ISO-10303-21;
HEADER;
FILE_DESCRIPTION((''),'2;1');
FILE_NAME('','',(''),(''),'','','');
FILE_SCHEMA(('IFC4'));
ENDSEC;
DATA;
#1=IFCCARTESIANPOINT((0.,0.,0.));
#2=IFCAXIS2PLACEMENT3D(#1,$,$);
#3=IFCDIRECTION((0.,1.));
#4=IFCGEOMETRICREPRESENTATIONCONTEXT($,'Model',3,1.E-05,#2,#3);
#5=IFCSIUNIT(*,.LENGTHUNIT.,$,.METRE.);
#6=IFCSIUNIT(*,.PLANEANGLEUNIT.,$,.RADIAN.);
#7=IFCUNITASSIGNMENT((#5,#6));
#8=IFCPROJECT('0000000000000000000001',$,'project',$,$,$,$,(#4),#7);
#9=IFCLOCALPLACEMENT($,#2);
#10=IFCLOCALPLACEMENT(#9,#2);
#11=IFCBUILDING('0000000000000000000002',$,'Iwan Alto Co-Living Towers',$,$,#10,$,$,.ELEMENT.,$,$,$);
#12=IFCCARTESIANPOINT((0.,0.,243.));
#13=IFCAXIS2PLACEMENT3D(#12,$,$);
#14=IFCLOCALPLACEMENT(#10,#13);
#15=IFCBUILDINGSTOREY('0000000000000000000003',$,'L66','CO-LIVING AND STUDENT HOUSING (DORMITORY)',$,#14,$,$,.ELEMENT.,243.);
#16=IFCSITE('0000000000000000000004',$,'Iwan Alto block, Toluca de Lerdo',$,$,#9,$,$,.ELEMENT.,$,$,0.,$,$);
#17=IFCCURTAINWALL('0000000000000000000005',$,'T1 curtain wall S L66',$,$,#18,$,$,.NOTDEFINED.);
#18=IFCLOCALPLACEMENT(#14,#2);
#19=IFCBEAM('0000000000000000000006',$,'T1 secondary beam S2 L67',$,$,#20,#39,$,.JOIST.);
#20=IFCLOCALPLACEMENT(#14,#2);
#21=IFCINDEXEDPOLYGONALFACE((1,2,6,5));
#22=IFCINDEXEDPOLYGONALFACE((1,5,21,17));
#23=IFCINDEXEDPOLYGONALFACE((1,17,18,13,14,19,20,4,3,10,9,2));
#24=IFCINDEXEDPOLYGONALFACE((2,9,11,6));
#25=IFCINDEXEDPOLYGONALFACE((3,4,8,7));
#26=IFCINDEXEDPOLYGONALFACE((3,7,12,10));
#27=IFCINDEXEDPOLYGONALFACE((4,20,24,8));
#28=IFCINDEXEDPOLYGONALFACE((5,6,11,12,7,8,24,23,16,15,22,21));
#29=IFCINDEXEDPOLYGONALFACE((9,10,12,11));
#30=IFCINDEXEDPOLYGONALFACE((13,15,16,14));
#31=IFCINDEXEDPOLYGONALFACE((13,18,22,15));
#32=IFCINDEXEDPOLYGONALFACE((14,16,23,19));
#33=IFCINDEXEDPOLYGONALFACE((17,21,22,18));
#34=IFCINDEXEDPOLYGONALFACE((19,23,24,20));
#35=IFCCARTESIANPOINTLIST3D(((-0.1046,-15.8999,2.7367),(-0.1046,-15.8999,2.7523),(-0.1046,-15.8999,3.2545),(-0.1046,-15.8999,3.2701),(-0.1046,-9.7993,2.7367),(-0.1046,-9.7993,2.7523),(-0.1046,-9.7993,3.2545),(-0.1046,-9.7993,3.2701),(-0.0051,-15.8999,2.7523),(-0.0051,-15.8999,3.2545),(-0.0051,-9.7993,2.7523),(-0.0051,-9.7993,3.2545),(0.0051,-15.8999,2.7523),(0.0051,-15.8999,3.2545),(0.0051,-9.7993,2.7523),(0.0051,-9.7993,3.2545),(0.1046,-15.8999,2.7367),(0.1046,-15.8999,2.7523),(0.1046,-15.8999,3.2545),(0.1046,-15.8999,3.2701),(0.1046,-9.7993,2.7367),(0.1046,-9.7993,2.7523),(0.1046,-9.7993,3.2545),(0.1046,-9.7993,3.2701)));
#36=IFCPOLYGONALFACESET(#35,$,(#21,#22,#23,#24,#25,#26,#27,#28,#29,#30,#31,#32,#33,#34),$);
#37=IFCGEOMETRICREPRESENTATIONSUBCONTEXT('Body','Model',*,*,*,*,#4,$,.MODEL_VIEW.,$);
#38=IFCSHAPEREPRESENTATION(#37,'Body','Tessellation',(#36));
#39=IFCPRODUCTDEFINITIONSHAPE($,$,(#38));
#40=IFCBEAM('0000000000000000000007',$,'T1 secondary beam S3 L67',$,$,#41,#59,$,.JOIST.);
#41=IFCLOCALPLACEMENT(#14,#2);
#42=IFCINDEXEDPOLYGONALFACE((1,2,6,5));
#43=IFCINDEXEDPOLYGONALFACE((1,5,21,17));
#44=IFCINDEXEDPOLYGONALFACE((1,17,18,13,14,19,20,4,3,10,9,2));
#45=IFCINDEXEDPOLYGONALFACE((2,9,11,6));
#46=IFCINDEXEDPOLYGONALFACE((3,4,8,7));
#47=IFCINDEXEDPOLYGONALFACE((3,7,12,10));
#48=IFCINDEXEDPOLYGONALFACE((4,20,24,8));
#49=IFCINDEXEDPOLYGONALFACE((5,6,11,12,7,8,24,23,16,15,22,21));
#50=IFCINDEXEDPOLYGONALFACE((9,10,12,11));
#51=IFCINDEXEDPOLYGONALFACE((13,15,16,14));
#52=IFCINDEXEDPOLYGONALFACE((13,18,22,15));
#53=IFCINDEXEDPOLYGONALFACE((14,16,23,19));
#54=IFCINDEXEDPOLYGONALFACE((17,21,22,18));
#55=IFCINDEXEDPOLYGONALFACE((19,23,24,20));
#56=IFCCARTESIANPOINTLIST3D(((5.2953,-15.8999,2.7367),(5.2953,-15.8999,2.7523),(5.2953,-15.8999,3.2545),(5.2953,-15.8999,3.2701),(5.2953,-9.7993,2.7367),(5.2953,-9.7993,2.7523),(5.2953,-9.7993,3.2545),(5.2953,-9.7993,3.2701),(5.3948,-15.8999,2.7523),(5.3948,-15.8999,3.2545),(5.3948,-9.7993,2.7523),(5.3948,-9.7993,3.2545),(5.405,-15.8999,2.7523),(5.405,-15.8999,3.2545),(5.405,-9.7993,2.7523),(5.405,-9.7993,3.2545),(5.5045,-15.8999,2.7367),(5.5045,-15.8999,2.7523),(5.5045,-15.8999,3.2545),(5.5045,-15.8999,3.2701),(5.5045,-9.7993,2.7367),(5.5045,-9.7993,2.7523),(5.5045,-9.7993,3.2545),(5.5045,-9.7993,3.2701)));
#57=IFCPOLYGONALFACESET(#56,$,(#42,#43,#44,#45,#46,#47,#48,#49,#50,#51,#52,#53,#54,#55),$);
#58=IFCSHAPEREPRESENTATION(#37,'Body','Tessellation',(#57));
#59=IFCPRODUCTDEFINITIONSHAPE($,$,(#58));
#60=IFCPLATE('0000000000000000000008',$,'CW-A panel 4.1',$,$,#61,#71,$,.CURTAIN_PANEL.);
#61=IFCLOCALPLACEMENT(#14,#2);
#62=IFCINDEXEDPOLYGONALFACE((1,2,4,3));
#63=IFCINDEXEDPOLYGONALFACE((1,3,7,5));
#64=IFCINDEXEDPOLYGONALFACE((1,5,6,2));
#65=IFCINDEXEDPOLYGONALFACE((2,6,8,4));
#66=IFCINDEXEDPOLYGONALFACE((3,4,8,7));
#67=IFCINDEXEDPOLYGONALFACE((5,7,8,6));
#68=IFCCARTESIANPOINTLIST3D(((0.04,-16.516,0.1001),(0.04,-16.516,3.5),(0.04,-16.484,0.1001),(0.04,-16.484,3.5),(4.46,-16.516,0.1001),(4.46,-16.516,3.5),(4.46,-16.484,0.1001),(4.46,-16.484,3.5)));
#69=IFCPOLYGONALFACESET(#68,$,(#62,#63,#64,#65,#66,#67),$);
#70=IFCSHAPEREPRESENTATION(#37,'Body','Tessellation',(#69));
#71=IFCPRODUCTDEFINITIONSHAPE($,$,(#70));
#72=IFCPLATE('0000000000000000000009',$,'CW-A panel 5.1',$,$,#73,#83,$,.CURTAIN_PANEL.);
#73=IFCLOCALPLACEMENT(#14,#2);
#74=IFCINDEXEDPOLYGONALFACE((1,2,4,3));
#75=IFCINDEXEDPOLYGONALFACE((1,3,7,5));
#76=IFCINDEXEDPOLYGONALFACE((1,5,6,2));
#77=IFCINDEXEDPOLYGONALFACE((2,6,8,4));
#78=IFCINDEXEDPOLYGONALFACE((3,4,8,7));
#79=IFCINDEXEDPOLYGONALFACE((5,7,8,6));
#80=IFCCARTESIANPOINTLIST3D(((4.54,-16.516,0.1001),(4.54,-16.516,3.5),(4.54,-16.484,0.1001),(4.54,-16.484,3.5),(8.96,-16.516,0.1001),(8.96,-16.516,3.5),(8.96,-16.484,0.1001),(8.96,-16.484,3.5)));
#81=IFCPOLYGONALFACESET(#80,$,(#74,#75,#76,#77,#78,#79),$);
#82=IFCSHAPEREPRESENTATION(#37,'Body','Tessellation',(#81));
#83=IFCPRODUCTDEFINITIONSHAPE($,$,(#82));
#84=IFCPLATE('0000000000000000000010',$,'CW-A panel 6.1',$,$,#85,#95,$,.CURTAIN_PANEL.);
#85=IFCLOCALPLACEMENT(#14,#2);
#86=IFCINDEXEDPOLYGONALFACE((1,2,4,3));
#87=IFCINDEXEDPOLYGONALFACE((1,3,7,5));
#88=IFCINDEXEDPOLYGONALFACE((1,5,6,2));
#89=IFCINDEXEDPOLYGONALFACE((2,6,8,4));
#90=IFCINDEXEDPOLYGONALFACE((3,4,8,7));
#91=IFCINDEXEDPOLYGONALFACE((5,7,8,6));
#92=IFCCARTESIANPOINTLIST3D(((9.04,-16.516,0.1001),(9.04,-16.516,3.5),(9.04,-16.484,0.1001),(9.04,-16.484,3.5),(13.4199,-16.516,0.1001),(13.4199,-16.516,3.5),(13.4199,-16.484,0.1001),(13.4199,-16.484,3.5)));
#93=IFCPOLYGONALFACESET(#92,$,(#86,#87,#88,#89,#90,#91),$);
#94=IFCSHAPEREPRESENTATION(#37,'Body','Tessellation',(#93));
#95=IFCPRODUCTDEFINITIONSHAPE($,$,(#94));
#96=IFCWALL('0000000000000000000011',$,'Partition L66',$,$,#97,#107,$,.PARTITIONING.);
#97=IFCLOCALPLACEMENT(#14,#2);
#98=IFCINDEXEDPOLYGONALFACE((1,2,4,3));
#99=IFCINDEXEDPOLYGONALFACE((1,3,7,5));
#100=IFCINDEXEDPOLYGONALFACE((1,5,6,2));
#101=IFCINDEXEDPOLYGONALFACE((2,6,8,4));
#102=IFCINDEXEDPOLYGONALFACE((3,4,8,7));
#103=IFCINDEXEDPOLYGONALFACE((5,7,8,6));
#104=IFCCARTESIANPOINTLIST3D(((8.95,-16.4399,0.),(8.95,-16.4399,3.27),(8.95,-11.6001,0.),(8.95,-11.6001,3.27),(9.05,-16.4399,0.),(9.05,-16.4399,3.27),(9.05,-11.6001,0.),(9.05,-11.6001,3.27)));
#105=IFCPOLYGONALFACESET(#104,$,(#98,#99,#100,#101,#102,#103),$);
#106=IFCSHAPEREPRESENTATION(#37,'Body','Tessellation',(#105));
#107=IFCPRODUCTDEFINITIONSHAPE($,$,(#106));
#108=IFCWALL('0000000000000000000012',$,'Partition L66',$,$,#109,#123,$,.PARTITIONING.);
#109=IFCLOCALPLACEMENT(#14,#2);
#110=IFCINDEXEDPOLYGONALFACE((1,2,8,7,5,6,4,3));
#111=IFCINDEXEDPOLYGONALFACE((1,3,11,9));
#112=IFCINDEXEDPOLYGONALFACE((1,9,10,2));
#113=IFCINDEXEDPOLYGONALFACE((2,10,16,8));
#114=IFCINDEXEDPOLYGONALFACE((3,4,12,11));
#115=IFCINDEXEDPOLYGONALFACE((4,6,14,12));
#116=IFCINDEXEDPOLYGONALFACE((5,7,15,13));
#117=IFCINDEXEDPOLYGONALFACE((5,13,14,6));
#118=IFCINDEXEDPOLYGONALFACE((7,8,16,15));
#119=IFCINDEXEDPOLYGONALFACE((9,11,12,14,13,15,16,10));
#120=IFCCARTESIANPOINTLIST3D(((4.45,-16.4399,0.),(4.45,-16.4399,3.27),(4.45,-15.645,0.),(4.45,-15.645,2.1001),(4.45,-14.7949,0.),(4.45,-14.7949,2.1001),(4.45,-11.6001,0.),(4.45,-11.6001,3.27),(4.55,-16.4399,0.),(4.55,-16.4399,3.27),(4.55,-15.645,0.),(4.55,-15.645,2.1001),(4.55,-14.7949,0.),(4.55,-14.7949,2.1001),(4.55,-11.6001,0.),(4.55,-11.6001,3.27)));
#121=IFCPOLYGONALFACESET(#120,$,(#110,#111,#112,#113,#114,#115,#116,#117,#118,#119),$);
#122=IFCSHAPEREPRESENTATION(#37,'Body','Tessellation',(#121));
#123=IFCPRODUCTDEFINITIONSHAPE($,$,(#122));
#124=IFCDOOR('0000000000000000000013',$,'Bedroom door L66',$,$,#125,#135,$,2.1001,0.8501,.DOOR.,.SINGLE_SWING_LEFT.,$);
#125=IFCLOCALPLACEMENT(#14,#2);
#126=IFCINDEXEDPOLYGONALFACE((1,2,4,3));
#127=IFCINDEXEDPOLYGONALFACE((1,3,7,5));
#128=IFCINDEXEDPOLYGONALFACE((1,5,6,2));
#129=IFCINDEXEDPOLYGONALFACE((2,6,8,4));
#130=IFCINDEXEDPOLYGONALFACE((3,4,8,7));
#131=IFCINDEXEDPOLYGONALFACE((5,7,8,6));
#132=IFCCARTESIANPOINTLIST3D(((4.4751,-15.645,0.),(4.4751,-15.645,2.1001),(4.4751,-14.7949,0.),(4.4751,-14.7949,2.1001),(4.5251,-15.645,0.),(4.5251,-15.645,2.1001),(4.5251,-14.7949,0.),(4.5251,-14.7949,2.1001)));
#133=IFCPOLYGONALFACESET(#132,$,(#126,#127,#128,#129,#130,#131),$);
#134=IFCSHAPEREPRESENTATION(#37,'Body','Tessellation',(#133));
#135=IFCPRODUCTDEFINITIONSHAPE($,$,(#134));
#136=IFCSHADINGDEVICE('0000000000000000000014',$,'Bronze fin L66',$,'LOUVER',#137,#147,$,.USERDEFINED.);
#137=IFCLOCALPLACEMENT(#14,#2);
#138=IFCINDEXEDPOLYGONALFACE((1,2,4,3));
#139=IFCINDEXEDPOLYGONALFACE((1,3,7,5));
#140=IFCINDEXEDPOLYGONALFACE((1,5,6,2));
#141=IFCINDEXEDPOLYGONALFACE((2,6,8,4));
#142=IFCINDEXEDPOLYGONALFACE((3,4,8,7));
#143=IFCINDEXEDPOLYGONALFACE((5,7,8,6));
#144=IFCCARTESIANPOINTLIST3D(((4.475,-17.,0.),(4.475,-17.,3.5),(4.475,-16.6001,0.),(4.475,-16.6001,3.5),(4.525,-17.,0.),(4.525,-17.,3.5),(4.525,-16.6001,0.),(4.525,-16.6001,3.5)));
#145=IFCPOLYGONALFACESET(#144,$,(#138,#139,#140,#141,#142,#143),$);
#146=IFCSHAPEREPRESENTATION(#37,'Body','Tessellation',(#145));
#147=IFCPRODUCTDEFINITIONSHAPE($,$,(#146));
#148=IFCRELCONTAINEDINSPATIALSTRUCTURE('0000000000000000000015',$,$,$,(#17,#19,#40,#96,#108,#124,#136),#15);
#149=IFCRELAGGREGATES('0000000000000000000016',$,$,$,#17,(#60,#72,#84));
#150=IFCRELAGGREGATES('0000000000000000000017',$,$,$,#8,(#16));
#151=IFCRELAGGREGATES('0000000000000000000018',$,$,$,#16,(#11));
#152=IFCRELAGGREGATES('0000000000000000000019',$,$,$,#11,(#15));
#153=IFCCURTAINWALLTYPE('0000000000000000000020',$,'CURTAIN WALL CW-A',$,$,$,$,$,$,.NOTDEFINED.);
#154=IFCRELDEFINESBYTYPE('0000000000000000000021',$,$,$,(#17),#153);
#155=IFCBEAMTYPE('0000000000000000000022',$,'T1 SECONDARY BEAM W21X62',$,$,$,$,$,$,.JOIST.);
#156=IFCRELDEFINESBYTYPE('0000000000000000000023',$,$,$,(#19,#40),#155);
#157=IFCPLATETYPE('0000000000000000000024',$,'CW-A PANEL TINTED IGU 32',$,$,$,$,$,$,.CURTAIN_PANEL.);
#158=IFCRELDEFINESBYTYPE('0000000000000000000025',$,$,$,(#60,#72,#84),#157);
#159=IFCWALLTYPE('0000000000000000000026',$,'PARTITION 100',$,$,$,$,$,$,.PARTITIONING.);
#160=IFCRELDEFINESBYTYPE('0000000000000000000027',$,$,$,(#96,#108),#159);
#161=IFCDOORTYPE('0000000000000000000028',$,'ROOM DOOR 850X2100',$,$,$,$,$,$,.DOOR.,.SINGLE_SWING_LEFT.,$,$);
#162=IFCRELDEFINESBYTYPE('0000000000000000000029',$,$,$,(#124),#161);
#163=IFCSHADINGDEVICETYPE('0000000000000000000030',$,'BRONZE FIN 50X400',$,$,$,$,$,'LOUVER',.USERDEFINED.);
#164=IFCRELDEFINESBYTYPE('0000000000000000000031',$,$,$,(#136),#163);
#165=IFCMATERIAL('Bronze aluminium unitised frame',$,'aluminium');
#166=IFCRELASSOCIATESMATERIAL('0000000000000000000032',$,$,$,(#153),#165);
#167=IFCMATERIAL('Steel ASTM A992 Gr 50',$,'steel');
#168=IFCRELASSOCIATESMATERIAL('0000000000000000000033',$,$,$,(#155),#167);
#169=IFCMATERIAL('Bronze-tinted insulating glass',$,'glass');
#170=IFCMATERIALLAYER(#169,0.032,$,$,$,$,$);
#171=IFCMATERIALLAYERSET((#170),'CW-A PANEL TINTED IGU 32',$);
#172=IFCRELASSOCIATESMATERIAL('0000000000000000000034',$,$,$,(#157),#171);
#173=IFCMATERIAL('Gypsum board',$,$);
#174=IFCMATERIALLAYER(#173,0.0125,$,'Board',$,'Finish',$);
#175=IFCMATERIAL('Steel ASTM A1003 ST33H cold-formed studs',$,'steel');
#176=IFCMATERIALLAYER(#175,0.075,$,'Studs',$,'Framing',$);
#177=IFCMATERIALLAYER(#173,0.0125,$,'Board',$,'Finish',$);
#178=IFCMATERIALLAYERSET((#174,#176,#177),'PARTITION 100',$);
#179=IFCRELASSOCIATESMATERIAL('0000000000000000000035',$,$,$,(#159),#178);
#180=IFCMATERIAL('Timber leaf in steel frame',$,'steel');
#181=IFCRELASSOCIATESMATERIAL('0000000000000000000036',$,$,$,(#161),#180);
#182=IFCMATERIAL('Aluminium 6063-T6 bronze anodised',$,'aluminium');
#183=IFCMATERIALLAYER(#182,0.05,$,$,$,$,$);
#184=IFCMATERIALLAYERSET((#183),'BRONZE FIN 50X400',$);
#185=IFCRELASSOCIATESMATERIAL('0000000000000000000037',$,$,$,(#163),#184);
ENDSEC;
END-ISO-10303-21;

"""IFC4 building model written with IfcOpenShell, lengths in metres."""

from ifc_helpers import new_model, si_unit, direction, frame, frame_2d, origin, origin_2d, place, context, subcontext, project, spatial, rectangle, i_section, extrude, material, layer, layer_set, material_profile, profile_set, type_object, element, fill, aggregate, save


model = new_model("IFC4")

# Units and contexts
model_context = context("Model", 3, precision=1e-05, world=origin(), true_north=direction((0.0, 1.0)))
body_context = subcontext(model_context, "Body", "Model", "MODEL_VIEW")
ifc_project = project(units=[si_unit("LENGTHUNIT", "METRE"), si_unit("PLANEANGLEUNIT", "RADIAN")], contexts=[model_context])

# Site, building, storey
site_placement = place(None, origin())
site = spatial("IfcSite", under=ifc_project, at=site_placement, Name="Iwan Alto block, Toluca de Lerdo", CompositionType="ELEMENT", RefElevation=0.0)
building_placement = place(site_placement, origin())
building = spatial("IfcBuilding", under=site, at=building_placement, Name="Iwan Alto Co-Living Towers", CompositionType="ELEMENT")
storey_placement = place(building_placement, frame((0.0, 0.0, 243.0)))
storey = spatial("IfcBuildingStorey", under=building, at=storey_placement, Name="L66", Description="CO-LIVING AND STUDENT HOUSING (DORMITORY)", CompositionType="ELEMENT", Elevation=243.0)

# Curtain wall
ifc_material_1 = material(Name="Bronze aluminium unitised frame", Category="aluminium")
curtain_wall_type = type_object("IfcCurtainWallType", Name="CURTAIN WALL CW-A", PredefinedType="NOTDEFINED", material=ifc_material_1)
curtain_wall_placement = place(storey_placement, origin())
curtain_wall = element("IfcCurtainWall", 1, at=curtain_wall_placement, inside=storey, type_object=curtain_wall_type, Name="T1 curtain wall S L66", PredefinedType="NOTDEFINED")

# Beams
ifc_material_2 = material(Name="Steel ASTM A992 Gr 50", Category="steel")
ifc_material_profile_1 = material_profile(ifc_material_2, i_section(OverallWidth=0.2092, OverallDepth=0.5334, WebThickness=0.0103, FlangeThickness=0.0156, at=origin_2d()), Name="W21X62")
ifc_profile_set_1 = profile_set([ifc_material_profile_1], Name="Steel ASTM A992 Gr 50")
beam_type_1 = type_object("IfcBeamType", Name="T1 SECONDARY BEAM W21X62", PredefinedType="JOIST", material=ifc_profile_set_1)
for number, where, z_axis, x_axis, name in (
    (2, (0.0, -15.8999, 3.0034), (0.0, 1.0, 0.0), (-1.0, 0.0, 0.0), "T1 secondary beam S2 L67"),
    (3, (5.3999, -15.8999, 3.0034), (0.0, 1.0, 0.0), (-1.0, 0.0, 0.0), "T1 secondary beam S3 L67"),
):
    element("IfcBeam", number, at=place(storey_placement, frame(where, z_axis=z_axis, x_axis=x_axis)), inside=storey, type_object=beam_type_1, Name=name, PredefinedType="JOIST", context=body_context, shape_type="SweptSolid", body=[
        extrude(i_section(OverallWidth=0.2092, OverallDepth=0.5334, WebThickness=0.0103, FlangeThickness=0.0156, at=origin_2d()), origin(), (0.0, 0.0, 1.0), 6.1006),
    ])

# Plates
ifc_material_3 = material(Name="Bronze-tinted insulating glass", Category="glass")
ifc_layer_1 = layer(ifc_material_3, 0.032)
ifc_layer_set_1 = layer_set([ifc_layer_1], Name="CW-A PANEL TINTED IGU 32")
plate_type = type_object("IfcPlateType", Name="CW-A PANEL TINTED IGU 32", PredefinedType="CURTAIN_PANEL", material=ifc_layer_set_1)
plate_1_placement = place(storey_placement, frame((2.25, -16.5, 0.1001), z_axis=(0.0, 0.0, 1.0), x_axis=(1.0, 0.0, 0.0)))
plate_1 = element("IfcPlate", 4, at=plate_1_placement, type_object=plate_type, Name="CW-A panel 4.1", PredefinedType="CURTAIN_PANEL", context=body_context, shape_type="SweptSolid", body=[
    extrude(rectangle(XDim=4.4199, YDim=0.032, at=origin_2d()), origin(), (0.0, 0.0, 1.0), 3.3999),
])
plate_2_placement = place(storey_placement, frame((6.75, -16.5, 0.1001), z_axis=(0.0, 0.0, 1.0), x_axis=(1.0, 0.0, 0.0)))
plate_2 = element("IfcPlate", 5, at=plate_2_placement, type_object=plate_type, Name="CW-A panel 5.1", PredefinedType="CURTAIN_PANEL", context=body_context, shape_type="SweptSolid", body=[
    extrude(rectangle(XDim=4.4199, YDim=0.032, at=origin_2d()), origin(), (0.0, 0.0, 1.0), 3.3999),
])
plate_3_placement = place(storey_placement, frame((11.23, -16.5, 0.1001), z_axis=(0.0, 0.0, 1.0), x_axis=(1.0, 0.0, 0.0)))
plate_3 = element("IfcPlate", 6, at=plate_3_placement, type_object=plate_type, Name="CW-A panel 6.1", PredefinedType="CURTAIN_PANEL", context=body_context, shape_type="SweptSolid", body=[
    extrude(rectangle(XDim=4.3799, YDim=0.032, at=origin_2d()), origin(), (0.0, 0.0, 1.0), 3.3999),
])
aggregate(curtain_wall, [plate_1, plate_2, plate_3])

# Wall
ifc_material_4 = material(Name="Gypsum board")
ifc_layer_2 = layer(ifc_material_4, 0.0125, Name="Board", Category="Finish")
ifc_material_5 = material(Name="Steel ASTM A1003 ST33H cold-formed studs", Category="steel")
ifc_layer_3 = layer(ifc_material_5, 0.075, Name="Studs", Category="Framing")
ifc_layer_4 = layer(ifc_material_4, 0.0125, Name="Board", Category="Finish")
ifc_layer_set_2 = layer_set([ifc_layer_2, ifc_layer_3, ifc_layer_4], Name="PARTITION 100")
wall_type = type_object("IfcWallType", Name="PARTITION 100", PredefinedType="PARTITIONING", material=ifc_layer_set_2)
wall_1_placement = place(storey_placement, frame((9.0, -16.4399, 0.0), z_axis=(0.0, 0.0, 1.0), x_axis=(0.0, 1.0, 0.0)))
element("IfcWall", 7, at=wall_1_placement, inside=storey, type_object=wall_type, Name="Partition L66", PredefinedType="PARTITIONING", context=body_context, shape_type="SweptSolid", body=[
    extrude(rectangle(XDim=4.8398, YDim=0.1001, at=frame_2d((2.4199, 0.0))), origin(), (0.0, 0.0, 1.0), 3.27),
])

# Wall, opening, door
wall_2_placement = place(storey_placement, frame((4.5, -16.4399, 0.0), z_axis=(0.0, 0.0, 1.0), x_axis=(0.0, 1.0, 0.0)))
wall_2 = element("IfcWall", 8, at=wall_2_placement, inside=storey, type_object=wall_type, Name="Partition L66", PredefinedType="PARTITIONING", context=body_context, shape_type="SweptSolid", body=[
    extrude(rectangle(XDim=4.8398, YDim=0.1001, at=frame_2d((2.4199, 0.0))), origin(), (0.0, 0.0, 1.0), 3.27),
])
opening_placement = place(wall_2_placement, frame((0.7949, 0.0, 0.0)))
opening = element("IfcOpeningElement", 9, at=opening_placement, cuts=wall_2, PredefinedType="OPENING", context=body_context, shape_type="SweptSolid", body=[
    extrude(rectangle(XDim=0.8501, YDim=2.1001, at=frame_2d((0.425, 1.05))), frame((0.0, 0.0601, 0.0), z_axis=(0.0, -1.0, 0.0), x_axis=(1.0, 0.0, 0.0)), (0.0, 0.0, 1.0), 0.1201),
])
ifc_material_6 = material(Name="Timber leaf in steel frame", Category="steel")
door_type = type_object("IfcDoorType", Name="ROOM DOOR 850X2100", OperationType="SINGLE_SWING_LEFT", PredefinedType="DOOR", material=ifc_material_6)
door_placement = place(opening_placement, origin())
door = element("IfcDoor", 10, at=door_placement, inside=storey, type_object=door_type, Name="Bedroom door L66", OperationType="SINGLE_SWING_LEFT", OverallHeight=2.1001, OverallWidth=0.8501, PredefinedType="DOOR", context=body_context, shape_type="SweptSolid", body=[
    extrude(rectangle(XDim=0.8501, YDim=2.1001, at=frame_2d((0.425, 1.05))), frame((0.0, 0.0249, 0.0), z_axis=(0.0, -1.0, 0.0), x_axis=(1.0, 0.0, 0.0)), (0.0, 0.0, 1.0), 0.05),
])
fill(opening, door)

# Shading device
ifc_material_7 = material(Name="Aluminium 6063-T6 bronze anodised", Category="aluminium")
ifc_layer_5 = layer(ifc_material_7, 0.05)
ifc_layer_set_3 = layer_set([ifc_layer_5], Name="BRONZE FIN 50X400")
shading_device_type = type_object("IfcShadingDeviceType", Name="BRONZE FIN 50X400", ElementType="LOUVER", PredefinedType="USERDEFINED", material=ifc_layer_set_3)
shading_device_placement = place(storey_placement, frame((4.5, -16.8, 0.0), z_axis=(0.0, 0.0, 1.0), x_axis=(1.0, 0.0, 0.0)))
element("IfcShadingDevice", 11, at=shading_device_placement, inside=storey, type_object=shading_device_type, Name="Bronze fin L66", ObjectType="LOUVER", PredefinedType="USERDEFINED", context=body_context, shape_type="SweptSolid", body=[
    extrude(rectangle(XDim=0.05, YDim=0.3999, at=origin_2d()), origin(), (0.0, 0.0, 1.0), 3.5),
])

save(model, "model.ifc")
